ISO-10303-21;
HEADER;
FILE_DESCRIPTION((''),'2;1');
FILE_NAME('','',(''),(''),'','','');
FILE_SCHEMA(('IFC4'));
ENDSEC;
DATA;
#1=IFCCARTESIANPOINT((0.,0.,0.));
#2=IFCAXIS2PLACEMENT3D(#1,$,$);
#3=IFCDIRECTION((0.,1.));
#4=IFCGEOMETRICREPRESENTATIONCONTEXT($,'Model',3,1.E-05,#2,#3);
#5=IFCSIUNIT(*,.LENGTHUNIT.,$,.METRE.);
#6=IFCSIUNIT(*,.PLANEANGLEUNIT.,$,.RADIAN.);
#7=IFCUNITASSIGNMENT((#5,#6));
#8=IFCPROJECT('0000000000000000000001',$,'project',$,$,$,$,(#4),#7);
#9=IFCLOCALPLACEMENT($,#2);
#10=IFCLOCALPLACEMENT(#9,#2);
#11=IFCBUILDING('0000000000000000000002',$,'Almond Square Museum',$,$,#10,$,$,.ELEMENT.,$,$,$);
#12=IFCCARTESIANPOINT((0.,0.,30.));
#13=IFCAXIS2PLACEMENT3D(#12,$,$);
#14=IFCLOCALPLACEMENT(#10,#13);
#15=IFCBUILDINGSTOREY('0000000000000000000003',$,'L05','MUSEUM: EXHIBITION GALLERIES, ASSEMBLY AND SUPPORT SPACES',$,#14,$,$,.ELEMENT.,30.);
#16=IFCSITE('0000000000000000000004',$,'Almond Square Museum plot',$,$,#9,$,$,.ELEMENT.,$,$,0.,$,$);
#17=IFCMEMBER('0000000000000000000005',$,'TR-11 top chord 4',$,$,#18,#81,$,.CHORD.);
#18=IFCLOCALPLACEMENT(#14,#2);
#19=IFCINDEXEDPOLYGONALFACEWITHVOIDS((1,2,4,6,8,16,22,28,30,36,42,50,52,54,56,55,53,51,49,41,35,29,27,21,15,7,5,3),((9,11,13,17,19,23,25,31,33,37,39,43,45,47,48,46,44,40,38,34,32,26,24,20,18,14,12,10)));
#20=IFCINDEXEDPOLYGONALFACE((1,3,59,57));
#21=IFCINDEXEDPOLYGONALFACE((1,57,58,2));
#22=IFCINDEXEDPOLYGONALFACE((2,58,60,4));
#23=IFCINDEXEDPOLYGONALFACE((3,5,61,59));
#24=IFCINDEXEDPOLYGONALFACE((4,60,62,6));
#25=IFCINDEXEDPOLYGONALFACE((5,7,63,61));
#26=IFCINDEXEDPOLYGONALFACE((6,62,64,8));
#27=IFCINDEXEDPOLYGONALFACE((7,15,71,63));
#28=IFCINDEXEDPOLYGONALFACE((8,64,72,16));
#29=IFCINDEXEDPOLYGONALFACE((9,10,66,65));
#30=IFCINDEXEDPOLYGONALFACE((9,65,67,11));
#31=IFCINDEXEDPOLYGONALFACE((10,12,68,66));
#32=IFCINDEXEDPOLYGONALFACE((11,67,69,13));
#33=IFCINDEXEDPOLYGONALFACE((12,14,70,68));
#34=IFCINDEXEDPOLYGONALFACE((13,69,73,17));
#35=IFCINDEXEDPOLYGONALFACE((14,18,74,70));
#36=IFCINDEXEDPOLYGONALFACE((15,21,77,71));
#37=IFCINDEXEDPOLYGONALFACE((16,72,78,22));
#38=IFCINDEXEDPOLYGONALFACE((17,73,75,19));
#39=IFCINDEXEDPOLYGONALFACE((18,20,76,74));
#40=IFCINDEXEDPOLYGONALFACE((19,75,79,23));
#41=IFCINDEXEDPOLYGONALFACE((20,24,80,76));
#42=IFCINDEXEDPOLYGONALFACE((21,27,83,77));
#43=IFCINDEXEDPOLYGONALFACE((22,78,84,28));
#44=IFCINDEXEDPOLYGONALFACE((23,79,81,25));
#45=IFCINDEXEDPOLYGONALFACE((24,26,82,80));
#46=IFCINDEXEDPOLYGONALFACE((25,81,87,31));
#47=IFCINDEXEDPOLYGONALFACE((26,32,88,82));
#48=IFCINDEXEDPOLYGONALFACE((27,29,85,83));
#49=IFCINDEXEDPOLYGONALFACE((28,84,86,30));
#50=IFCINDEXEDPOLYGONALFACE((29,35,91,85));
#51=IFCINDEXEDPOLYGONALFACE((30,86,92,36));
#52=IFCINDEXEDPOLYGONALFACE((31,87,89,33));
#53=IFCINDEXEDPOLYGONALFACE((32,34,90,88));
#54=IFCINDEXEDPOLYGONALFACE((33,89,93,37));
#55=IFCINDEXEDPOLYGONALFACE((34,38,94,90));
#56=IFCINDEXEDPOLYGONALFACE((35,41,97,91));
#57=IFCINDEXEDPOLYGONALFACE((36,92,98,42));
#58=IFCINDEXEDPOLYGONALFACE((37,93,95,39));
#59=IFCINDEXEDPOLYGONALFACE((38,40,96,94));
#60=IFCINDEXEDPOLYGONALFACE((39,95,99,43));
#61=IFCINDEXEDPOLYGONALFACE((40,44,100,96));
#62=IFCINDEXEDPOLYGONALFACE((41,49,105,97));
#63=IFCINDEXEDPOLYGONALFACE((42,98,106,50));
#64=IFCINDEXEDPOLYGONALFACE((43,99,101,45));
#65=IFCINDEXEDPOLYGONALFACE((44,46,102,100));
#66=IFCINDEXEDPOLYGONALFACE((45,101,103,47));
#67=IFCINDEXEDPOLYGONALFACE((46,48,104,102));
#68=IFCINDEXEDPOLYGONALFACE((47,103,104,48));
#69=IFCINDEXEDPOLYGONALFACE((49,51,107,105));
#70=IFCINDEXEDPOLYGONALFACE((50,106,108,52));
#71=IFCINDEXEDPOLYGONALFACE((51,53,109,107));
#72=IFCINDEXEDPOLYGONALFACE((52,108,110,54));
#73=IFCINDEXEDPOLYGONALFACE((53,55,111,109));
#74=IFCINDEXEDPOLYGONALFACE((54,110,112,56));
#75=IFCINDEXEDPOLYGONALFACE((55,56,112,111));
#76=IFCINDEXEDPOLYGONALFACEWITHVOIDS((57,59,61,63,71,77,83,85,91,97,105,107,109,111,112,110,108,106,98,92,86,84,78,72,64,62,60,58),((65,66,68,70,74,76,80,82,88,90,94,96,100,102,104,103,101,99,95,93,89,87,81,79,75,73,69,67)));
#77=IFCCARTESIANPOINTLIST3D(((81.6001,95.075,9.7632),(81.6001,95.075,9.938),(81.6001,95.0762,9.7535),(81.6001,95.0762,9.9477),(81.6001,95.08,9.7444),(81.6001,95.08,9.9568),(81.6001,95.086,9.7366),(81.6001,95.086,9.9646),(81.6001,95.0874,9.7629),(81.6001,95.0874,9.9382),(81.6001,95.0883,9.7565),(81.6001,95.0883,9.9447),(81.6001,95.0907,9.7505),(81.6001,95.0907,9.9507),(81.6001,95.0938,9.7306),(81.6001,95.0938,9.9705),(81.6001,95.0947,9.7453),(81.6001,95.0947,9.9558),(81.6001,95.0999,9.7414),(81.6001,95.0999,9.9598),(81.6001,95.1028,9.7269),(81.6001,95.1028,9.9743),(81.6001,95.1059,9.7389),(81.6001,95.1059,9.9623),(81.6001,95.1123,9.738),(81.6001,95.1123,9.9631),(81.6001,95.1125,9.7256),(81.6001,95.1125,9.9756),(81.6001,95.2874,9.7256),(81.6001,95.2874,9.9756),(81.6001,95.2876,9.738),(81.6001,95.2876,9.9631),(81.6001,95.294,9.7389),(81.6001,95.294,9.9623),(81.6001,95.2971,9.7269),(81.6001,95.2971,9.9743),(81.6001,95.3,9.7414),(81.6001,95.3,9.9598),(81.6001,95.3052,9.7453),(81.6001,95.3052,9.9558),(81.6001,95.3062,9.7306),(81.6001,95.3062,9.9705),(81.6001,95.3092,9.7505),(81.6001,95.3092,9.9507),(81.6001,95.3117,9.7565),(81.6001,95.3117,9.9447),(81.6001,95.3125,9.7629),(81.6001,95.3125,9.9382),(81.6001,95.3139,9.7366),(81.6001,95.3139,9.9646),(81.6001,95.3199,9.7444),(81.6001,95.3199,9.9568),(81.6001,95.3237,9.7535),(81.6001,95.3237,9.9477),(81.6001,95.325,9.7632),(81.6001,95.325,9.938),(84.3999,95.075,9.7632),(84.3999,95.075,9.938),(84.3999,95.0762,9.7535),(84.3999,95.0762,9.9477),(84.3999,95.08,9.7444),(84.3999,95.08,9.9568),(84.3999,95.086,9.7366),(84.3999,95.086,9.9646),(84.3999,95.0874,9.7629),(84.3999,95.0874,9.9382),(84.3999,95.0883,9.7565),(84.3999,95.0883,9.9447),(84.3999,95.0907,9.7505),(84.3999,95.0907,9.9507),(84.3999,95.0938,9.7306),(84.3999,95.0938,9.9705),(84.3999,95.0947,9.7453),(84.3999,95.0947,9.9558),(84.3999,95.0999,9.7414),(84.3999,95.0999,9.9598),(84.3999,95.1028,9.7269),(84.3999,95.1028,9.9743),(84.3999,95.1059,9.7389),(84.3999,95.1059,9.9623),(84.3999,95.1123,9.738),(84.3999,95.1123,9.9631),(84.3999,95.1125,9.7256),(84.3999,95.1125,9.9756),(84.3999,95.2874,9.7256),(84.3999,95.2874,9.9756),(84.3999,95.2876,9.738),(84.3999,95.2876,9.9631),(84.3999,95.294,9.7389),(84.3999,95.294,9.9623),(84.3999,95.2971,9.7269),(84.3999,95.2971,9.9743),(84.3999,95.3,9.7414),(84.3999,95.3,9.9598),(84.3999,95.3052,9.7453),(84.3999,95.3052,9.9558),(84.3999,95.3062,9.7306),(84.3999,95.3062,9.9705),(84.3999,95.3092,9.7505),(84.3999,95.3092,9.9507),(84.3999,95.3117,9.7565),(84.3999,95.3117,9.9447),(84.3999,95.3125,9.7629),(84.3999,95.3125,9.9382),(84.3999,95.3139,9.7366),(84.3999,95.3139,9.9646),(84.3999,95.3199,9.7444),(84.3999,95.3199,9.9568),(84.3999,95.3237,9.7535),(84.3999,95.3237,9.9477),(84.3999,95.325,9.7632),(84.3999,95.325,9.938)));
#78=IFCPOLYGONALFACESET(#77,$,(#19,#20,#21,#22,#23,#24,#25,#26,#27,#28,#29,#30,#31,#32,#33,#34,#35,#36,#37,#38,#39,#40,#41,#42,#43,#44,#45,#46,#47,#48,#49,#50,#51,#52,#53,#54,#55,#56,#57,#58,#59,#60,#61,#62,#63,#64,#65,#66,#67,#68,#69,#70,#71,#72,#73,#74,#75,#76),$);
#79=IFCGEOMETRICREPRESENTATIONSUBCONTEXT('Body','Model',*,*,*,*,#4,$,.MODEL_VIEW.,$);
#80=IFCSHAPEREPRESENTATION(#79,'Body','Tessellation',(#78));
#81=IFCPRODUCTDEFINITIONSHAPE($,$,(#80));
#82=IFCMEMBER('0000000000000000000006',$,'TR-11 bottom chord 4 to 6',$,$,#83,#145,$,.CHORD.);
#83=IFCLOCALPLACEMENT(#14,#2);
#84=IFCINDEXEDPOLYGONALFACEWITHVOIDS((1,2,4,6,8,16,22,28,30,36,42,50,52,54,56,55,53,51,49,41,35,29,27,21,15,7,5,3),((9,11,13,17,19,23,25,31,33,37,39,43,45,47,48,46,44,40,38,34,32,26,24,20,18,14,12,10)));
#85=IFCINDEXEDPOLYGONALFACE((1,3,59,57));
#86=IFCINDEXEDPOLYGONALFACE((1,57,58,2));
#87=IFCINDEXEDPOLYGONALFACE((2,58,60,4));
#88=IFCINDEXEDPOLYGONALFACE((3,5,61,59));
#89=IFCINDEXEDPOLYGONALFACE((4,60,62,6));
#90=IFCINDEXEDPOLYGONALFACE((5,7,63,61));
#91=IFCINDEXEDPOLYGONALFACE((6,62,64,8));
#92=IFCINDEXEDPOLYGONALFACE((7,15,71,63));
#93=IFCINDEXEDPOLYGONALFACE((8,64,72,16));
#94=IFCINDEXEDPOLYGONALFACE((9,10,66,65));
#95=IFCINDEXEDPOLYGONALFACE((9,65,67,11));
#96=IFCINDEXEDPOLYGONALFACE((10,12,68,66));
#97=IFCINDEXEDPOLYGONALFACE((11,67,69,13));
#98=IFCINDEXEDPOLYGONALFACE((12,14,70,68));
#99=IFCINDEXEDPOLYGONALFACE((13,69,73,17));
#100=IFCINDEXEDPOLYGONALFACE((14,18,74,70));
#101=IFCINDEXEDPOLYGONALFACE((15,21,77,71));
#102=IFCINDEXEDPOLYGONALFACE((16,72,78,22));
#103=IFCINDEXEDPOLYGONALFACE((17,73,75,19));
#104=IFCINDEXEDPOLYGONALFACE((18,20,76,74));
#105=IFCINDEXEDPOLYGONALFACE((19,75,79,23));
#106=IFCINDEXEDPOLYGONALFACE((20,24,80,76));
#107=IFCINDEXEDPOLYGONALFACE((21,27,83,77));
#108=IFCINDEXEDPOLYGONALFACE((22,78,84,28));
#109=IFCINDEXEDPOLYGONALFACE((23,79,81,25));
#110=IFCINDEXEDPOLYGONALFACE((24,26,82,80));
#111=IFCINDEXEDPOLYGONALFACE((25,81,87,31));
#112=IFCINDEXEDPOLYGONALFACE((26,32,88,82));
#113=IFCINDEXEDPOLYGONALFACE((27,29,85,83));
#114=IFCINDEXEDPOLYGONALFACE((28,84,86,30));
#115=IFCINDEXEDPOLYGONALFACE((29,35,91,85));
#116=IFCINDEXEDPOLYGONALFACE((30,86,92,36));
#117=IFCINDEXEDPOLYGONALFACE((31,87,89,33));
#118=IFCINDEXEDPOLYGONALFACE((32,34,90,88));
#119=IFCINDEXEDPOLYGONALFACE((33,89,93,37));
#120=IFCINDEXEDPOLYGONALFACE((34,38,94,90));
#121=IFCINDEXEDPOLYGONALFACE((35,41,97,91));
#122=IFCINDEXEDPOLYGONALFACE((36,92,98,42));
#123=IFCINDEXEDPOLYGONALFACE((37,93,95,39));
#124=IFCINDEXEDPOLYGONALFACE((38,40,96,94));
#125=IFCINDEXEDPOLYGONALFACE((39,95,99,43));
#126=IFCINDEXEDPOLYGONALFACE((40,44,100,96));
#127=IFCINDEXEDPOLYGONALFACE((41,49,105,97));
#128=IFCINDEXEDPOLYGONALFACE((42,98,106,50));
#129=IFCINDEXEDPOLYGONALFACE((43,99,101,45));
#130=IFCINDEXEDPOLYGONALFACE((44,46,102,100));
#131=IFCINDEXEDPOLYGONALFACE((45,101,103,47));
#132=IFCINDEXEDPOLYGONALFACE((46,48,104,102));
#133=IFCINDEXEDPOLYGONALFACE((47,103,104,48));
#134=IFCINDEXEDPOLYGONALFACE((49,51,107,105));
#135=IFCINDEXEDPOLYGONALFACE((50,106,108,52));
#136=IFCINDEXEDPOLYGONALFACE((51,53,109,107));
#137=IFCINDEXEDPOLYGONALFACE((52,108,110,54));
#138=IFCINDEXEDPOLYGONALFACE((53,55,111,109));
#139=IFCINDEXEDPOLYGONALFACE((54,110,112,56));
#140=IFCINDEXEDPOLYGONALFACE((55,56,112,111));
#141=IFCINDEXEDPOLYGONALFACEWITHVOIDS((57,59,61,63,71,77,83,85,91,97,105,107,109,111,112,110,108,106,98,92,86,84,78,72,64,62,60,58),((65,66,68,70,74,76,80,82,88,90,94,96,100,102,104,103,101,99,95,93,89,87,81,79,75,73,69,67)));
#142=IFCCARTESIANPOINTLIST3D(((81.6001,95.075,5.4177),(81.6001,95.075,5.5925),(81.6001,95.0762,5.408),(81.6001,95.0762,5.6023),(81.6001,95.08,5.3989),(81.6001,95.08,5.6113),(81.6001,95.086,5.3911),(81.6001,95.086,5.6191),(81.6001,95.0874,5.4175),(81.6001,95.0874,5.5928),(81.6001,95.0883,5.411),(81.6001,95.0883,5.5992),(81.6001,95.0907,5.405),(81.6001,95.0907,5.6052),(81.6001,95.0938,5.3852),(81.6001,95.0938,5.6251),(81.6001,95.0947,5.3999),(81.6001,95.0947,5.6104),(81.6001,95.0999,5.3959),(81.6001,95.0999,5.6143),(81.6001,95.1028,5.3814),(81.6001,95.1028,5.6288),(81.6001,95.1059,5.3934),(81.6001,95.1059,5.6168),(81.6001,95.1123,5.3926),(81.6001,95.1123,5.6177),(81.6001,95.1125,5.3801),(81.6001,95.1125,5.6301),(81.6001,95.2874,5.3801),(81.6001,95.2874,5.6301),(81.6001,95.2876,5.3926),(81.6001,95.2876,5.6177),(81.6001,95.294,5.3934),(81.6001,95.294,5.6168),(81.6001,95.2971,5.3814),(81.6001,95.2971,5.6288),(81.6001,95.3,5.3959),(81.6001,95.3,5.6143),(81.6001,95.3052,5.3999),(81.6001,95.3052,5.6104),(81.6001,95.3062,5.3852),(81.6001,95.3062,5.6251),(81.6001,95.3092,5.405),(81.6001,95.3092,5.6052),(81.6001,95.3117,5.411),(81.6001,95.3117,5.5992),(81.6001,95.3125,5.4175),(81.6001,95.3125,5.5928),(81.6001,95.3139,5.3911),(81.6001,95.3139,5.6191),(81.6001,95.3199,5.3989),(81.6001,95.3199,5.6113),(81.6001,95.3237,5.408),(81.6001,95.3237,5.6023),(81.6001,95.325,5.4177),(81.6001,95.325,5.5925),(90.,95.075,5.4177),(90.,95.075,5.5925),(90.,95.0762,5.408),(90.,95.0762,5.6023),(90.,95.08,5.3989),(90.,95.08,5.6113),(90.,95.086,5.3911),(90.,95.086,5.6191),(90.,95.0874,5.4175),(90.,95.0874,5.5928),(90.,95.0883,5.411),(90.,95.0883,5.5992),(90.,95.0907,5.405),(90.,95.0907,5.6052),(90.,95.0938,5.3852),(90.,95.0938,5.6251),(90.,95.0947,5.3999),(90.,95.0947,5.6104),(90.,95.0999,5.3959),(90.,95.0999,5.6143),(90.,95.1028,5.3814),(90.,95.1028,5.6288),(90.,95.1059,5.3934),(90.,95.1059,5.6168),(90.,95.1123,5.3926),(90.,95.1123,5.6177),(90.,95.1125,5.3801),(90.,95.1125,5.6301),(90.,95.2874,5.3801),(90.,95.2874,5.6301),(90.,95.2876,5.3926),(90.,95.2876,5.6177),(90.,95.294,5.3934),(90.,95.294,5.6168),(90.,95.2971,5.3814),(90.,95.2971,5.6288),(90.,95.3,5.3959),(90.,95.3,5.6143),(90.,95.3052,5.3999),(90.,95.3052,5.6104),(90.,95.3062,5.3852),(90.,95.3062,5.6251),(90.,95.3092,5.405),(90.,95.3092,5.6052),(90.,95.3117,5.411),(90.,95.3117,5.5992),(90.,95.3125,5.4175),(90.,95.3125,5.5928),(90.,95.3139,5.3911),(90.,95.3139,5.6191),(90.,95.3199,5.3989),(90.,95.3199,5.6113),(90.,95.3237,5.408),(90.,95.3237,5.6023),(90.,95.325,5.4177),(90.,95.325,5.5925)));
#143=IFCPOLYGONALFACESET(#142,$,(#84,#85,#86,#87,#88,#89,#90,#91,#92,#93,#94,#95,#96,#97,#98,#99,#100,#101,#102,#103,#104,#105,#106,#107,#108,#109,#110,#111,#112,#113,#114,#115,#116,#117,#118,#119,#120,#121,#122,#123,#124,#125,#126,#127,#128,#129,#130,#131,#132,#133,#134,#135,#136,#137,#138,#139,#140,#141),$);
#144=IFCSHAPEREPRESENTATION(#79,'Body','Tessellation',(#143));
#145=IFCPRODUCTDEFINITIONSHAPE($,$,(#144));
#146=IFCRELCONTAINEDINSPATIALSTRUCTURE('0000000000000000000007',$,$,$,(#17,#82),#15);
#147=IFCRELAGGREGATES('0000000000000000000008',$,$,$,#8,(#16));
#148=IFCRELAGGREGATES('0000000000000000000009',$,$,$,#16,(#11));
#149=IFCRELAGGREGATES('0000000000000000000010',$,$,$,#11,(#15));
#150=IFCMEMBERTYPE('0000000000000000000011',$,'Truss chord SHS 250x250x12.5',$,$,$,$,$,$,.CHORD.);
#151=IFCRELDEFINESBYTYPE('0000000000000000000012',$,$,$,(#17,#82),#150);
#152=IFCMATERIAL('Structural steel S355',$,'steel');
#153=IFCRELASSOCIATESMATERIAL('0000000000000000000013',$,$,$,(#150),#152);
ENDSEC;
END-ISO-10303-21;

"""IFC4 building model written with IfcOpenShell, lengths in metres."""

from ifc_helpers import new_model, si_unit, direction, frame, origin, origin_2d, place, context, subcontext, project, spatial, hollow_rectangle, extrude, material, material_profile, profile_set, type_object, element, save


model = new_model("IFC4")

# Units and contexts
model_context = context("Model", 3, precision=1e-05, world=origin(), true_north=direction((0.0, 1.0)))
body_context = subcontext(model_context, "Body", "Model", "MODEL_VIEW")
ifc_project = project(units=[si_unit("LENGTHUNIT", "METRE"), si_unit("PLANEANGLEUNIT", "RADIAN")], contexts=[model_context])

# Site, building, storey
site_placement = place(None, origin())
site = spatial("IfcSite", under=ifc_project, at=site_placement, Name="Almond Square Museum plot", CompositionType="ELEMENT", RefElevation=0.0)
building_placement = place(site_placement, origin())
building = spatial("IfcBuilding", under=site, at=building_placement, Name="Almond Square Museum", CompositionType="ELEMENT")
storey_placement = place(building_placement, frame((0.0, 0.0, 30.0)))
storey = spatial("IfcBuildingStorey", under=building, at=storey_placement, Name="L05", Description="MUSEUM: EXHIBITION GALLERIES, ASSEMBLY AND SUPPORT SPACES", CompositionType="ELEMENT", Elevation=30.0)

# Members
ifc_material_1 = material(Name="Structural steel S355", Category="steel")
ifc_material_profile_1 = material_profile(ifc_material_1, hollow_rectangle(XDim=0.25, YDim=0.25, WallThickness=0.0125, InnerFilletRadius=0.0249, OuterFilletRadius=0.0376, at=origin_2d()))
ifc_profile_set_1 = profile_set([ifc_material_profile_1], Name="Structural steel S355")
member_type_1 = type_object("IfcMemberType", Name="Truss chord SHS 250x250x12.5", PredefinedType="CHORD", material=ifc_profile_set_1)
member_1_placement = place(storey_placement, frame((81.6001, 95.2, 9.8506), z_axis=(1.0, 0.0, 0.0), x_axis=(0.0, 1.0, 0.0)))
element("IfcMember", 1, at=member_1_placement, inside=storey, type_object=member_type_1, Name="TR-11 top chord 4", PredefinedType="CHORD", context=body_context, shape_type="SweptSolid", body=[
    extrude(hollow_rectangle(XDim=0.25, YDim=0.25, WallThickness=0.0125, InnerFilletRadius=0.0249, OuterFilletRadius=0.0376, at=origin_2d()), origin(), (0.0, 0.0, 1.0), 2.7998),
])
member_2_placement = place(storey_placement, frame((81.6001, 95.2, 5.5051), z_axis=(1.0, 0.0, 0.0), x_axis=(0.0, 1.0, 0.0)))
element("IfcMember", 2, at=member_2_placement, inside=storey, type_object=member_type_1, Name="TR-11 bottom chord 4 to 6", PredefinedType="CHORD", context=body_context, shape_type="SweptSolid", body=[
    extrude(hollow_rectangle(XDim=0.25, YDim=0.25, WallThickness=0.0125, InnerFilletRadius=0.0249, OuterFilletRadius=0.0376, at=origin_2d()), origin(), (0.0, 0.0, 1.0), 8.3999),
])

save(model, "model.ifc")
